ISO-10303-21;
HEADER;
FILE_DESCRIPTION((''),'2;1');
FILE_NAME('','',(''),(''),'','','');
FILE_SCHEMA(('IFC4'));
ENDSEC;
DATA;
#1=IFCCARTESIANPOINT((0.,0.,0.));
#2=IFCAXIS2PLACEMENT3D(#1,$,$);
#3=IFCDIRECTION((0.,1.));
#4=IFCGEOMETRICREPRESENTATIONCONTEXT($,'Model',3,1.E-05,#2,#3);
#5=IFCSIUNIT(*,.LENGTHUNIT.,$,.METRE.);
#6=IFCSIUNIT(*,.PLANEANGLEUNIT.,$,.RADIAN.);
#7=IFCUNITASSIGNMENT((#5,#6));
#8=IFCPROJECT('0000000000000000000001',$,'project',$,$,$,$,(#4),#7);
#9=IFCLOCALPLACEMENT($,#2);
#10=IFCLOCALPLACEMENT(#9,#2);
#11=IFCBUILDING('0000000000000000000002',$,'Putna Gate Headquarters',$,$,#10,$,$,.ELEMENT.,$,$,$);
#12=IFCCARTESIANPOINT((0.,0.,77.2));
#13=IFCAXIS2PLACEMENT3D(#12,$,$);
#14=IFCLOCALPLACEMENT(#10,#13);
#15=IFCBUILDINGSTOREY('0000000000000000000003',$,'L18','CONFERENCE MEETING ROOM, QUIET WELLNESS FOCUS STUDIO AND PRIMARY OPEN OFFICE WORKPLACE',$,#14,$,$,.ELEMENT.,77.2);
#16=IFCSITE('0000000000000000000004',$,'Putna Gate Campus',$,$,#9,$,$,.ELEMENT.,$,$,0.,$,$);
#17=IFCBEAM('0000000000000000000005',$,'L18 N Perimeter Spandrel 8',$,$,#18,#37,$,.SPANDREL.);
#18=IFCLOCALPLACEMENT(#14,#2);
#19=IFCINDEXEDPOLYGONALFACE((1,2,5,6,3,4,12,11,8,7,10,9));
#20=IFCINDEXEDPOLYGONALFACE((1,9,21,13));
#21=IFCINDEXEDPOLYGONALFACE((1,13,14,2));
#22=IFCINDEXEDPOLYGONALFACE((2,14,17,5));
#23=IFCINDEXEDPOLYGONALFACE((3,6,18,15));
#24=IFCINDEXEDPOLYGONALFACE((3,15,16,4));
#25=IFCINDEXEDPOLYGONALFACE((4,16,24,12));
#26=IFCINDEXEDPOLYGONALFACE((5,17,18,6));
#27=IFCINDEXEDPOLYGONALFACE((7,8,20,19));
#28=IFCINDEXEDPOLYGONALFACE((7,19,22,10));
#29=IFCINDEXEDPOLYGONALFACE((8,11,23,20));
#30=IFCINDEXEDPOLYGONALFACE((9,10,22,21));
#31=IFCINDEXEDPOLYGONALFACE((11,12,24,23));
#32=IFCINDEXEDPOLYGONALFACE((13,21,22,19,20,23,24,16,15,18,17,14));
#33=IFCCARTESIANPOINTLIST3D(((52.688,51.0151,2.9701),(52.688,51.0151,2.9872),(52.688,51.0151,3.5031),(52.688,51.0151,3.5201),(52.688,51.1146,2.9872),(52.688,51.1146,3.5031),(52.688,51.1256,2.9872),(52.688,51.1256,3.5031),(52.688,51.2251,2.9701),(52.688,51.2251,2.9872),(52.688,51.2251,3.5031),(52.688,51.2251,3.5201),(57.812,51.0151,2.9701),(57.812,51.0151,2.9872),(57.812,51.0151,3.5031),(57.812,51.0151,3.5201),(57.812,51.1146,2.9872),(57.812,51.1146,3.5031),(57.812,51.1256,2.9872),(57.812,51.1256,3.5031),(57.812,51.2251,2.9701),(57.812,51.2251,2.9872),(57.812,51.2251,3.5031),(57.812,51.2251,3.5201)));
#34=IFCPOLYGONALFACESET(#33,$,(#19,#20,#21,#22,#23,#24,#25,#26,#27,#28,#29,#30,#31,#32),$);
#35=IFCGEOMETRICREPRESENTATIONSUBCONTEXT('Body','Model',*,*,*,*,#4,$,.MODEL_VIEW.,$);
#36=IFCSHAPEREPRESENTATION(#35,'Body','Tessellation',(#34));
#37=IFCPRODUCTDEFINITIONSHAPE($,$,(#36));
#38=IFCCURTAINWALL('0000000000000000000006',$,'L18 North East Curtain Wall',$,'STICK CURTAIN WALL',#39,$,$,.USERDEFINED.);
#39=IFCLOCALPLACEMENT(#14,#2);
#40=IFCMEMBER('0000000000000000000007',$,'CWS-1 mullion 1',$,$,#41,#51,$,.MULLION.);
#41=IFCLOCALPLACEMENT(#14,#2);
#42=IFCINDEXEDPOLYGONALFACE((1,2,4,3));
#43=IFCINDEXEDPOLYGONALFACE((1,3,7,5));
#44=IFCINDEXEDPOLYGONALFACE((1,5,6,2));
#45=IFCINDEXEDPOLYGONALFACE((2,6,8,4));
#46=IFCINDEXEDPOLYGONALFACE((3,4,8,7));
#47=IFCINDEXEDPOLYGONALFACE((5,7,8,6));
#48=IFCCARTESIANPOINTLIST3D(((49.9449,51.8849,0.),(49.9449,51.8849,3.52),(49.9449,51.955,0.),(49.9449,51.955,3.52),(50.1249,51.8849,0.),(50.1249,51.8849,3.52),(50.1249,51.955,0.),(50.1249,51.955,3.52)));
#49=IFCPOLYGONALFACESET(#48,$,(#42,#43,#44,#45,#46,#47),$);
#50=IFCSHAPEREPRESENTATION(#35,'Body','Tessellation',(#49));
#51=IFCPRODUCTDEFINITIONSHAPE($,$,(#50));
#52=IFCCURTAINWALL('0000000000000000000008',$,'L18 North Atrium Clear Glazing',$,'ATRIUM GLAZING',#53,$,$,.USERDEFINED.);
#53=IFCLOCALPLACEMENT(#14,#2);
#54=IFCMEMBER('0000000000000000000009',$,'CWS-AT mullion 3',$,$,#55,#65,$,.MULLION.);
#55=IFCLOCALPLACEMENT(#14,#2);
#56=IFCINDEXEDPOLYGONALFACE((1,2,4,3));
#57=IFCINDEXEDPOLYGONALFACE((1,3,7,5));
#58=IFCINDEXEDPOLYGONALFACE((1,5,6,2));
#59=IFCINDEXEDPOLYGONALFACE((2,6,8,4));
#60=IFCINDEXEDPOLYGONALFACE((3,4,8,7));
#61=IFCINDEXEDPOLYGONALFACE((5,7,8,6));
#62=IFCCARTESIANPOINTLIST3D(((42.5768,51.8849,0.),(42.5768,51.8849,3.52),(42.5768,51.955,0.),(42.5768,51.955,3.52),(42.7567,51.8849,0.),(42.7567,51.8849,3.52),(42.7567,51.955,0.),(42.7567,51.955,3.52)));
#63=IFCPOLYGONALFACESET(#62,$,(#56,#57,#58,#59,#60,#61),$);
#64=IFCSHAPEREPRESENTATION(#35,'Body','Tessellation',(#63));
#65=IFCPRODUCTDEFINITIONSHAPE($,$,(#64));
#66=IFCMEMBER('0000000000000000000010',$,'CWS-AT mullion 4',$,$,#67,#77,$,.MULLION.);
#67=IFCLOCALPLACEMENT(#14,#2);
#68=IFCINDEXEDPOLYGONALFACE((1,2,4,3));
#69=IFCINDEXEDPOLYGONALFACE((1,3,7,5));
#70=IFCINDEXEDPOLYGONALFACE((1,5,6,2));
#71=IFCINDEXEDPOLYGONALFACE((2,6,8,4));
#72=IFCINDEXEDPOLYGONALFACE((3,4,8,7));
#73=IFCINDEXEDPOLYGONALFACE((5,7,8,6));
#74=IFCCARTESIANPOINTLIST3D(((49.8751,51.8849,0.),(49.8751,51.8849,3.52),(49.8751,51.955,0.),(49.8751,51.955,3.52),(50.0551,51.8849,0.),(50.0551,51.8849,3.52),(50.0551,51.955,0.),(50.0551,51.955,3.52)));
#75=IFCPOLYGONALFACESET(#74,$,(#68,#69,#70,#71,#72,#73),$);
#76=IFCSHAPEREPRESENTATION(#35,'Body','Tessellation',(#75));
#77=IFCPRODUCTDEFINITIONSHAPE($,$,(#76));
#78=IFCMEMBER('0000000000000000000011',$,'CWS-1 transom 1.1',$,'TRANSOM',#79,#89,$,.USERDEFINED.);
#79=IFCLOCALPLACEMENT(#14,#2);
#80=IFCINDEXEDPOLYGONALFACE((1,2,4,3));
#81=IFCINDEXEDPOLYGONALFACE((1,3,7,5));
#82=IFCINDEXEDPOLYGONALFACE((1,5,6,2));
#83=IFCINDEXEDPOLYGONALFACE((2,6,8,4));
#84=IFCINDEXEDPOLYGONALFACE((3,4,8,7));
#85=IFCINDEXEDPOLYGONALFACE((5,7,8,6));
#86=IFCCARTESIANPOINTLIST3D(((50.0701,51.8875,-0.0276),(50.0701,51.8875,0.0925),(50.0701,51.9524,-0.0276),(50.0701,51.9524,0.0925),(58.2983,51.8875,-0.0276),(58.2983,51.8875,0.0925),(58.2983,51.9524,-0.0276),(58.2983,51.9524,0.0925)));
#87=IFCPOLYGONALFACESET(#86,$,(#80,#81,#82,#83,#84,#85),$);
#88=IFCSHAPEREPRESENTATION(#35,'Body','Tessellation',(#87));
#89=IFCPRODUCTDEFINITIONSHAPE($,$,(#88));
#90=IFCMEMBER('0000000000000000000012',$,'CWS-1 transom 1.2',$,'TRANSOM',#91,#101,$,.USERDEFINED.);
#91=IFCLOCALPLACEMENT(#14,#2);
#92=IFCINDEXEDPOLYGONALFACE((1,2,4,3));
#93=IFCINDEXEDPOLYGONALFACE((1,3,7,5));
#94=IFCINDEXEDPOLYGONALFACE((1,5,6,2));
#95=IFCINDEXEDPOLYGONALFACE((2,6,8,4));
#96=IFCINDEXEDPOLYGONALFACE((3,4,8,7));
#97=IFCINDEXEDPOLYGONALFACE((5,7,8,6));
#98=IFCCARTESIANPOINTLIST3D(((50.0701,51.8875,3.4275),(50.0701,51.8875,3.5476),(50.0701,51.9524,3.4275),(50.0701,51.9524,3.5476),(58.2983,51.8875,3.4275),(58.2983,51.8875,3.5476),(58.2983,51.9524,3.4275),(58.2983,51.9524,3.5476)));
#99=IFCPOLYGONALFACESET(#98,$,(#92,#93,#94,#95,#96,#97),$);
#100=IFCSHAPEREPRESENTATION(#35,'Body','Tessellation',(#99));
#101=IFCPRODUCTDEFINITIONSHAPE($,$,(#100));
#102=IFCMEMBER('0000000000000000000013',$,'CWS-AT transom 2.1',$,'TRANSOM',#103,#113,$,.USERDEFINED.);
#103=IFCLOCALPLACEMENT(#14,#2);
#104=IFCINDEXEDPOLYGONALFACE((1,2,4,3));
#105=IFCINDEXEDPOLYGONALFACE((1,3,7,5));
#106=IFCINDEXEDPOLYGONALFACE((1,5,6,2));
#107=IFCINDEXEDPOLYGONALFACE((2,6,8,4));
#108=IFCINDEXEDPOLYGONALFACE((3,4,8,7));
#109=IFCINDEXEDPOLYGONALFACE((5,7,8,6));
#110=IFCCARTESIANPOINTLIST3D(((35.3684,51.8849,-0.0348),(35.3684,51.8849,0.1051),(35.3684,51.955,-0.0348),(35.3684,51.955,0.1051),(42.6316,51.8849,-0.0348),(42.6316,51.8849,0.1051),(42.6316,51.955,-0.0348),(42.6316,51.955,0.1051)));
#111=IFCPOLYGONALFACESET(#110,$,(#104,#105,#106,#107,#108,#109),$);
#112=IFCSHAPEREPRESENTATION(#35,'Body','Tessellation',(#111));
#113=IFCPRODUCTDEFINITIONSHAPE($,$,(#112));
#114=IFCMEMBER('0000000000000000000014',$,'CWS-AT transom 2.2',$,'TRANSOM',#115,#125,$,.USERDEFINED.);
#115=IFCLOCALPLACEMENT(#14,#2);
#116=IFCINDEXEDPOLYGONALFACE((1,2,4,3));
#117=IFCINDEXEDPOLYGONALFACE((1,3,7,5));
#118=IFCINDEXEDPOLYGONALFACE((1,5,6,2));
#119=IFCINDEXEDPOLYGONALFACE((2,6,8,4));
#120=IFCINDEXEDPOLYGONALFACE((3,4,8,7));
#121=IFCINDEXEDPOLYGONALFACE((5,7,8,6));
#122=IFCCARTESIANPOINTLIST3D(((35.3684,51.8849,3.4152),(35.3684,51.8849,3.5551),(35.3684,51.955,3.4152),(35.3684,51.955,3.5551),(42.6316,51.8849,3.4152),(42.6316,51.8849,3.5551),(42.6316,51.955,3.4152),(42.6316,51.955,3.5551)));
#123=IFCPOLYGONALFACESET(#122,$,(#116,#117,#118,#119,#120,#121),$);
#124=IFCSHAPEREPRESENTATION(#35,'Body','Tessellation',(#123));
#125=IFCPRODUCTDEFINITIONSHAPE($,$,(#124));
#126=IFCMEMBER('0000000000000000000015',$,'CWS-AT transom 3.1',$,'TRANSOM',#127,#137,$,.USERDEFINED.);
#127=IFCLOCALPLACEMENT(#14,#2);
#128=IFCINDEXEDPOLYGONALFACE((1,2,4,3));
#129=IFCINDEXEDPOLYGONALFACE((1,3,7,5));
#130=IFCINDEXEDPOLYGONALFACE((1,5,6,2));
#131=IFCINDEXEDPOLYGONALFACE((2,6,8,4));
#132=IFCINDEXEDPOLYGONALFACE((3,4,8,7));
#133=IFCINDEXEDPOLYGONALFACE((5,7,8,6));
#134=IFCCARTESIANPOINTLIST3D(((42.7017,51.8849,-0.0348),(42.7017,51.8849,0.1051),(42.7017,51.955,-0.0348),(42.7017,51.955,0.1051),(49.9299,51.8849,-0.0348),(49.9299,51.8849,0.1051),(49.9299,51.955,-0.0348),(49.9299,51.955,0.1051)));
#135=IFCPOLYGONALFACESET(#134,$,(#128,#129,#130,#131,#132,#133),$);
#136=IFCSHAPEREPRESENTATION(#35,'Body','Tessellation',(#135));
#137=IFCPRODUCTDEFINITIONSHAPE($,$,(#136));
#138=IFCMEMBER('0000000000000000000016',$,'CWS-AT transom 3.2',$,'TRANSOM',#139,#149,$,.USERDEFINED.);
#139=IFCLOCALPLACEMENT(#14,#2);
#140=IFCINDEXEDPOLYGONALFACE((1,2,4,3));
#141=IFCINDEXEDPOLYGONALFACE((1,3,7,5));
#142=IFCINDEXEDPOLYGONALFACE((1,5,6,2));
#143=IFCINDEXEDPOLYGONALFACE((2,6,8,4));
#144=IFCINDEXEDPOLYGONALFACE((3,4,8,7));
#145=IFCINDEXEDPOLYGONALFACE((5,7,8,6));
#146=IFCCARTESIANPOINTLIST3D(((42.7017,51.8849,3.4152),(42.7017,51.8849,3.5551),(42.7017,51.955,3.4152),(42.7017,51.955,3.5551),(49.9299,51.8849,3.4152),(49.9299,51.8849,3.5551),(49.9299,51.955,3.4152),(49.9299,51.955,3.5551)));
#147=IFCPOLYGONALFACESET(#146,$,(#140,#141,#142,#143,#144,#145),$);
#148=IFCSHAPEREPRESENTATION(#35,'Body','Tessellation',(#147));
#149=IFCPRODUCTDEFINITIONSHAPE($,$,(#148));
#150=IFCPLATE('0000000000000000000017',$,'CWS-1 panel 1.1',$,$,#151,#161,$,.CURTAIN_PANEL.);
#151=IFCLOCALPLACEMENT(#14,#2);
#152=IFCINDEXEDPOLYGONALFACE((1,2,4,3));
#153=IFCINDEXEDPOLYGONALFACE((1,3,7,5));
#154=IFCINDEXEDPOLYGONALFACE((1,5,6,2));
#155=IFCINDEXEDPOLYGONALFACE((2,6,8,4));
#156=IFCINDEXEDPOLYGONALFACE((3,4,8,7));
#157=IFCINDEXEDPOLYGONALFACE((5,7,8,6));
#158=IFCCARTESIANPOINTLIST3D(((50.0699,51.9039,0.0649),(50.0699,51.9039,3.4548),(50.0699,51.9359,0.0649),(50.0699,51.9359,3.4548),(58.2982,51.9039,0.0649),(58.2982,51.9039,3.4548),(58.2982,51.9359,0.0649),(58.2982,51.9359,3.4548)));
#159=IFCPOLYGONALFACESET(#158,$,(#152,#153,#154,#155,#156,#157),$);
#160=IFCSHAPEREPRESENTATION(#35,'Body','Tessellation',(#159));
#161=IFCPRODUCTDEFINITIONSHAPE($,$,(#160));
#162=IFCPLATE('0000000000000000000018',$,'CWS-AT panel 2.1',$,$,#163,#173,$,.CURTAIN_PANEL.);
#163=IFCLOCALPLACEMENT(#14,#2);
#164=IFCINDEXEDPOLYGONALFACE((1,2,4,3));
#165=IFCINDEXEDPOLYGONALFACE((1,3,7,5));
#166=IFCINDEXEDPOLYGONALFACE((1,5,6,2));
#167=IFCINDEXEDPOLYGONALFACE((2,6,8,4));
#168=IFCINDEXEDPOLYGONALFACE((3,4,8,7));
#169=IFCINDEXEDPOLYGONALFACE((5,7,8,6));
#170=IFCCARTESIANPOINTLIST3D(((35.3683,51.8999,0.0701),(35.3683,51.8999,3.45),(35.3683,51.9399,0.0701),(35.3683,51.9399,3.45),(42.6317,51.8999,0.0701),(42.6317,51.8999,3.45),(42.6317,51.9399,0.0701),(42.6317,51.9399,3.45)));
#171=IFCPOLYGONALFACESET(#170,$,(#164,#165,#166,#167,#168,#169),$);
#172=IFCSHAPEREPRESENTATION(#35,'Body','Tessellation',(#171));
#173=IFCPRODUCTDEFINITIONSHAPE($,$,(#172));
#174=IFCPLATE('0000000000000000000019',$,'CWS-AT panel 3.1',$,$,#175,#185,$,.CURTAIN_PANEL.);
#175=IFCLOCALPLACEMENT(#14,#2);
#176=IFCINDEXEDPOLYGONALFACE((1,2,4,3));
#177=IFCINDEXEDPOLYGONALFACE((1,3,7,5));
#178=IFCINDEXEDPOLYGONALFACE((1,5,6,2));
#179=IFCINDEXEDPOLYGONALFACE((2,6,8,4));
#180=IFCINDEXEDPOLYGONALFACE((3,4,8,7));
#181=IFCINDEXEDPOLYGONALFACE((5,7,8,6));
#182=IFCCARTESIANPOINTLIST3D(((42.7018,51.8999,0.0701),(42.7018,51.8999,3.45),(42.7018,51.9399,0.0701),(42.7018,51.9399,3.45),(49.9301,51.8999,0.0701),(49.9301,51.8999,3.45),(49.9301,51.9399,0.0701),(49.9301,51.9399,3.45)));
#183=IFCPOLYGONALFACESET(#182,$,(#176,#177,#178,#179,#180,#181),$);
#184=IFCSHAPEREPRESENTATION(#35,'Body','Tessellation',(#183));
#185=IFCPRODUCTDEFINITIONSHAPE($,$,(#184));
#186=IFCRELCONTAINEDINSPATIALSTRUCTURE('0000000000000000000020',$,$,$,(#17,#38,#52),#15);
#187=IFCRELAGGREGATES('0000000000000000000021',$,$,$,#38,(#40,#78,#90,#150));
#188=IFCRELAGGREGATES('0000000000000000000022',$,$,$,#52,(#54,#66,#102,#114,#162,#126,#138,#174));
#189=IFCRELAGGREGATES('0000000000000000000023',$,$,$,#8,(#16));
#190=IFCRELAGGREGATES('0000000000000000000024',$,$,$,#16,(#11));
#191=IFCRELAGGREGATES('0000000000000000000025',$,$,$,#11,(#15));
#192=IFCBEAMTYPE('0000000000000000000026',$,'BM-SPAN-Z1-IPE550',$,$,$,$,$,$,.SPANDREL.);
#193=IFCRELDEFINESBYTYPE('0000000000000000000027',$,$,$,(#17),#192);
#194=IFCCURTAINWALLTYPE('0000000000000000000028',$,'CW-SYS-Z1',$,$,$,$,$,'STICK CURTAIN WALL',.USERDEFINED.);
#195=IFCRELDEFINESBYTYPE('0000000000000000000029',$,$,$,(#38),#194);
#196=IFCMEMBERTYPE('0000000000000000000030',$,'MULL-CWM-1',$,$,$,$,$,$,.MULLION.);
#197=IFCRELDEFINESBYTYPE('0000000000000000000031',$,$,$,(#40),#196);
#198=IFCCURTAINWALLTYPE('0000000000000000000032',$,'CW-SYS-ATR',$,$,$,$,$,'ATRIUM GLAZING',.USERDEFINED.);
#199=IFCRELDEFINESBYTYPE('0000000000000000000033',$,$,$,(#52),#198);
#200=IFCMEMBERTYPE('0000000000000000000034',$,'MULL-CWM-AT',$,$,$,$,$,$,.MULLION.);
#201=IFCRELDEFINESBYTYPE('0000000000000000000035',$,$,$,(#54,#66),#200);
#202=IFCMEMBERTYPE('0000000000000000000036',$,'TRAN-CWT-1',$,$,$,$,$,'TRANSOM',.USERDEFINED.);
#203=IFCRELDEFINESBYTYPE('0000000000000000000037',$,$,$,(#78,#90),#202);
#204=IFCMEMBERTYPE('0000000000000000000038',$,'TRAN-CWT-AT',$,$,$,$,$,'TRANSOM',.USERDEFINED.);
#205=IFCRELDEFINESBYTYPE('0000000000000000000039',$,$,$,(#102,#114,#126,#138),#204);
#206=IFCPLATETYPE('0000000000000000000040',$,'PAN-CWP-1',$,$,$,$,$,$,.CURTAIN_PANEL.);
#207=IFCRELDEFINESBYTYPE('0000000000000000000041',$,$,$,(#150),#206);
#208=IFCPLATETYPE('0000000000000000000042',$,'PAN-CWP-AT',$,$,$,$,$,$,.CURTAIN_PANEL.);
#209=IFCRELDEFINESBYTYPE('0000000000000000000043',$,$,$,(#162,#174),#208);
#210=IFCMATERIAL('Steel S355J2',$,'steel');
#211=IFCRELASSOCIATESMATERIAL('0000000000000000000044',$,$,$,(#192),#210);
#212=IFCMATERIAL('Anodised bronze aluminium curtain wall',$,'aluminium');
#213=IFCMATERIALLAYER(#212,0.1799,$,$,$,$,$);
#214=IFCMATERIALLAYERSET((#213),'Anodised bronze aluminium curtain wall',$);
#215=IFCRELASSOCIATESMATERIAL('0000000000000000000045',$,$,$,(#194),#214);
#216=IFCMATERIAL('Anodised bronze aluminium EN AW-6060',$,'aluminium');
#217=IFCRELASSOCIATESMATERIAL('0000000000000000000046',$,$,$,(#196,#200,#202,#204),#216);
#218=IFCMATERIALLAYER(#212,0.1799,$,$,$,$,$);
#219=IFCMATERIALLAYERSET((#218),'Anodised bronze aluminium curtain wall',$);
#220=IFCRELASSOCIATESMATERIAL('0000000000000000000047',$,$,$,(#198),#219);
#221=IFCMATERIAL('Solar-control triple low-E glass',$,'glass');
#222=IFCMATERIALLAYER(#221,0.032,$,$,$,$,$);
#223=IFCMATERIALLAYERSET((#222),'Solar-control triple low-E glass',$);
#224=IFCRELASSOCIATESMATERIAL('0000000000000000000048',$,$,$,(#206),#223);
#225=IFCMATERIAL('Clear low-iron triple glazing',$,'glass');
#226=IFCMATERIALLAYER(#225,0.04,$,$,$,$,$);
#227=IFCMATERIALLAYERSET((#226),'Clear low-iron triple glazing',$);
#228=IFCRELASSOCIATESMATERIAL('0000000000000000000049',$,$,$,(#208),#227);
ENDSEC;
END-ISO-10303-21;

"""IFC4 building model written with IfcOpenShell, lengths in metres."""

from ifc_helpers import new_model, si_unit, direction, frame, origin, origin_2d, place, context, subcontext, project, spatial, rectangle, i_section, extrude, material, layer, layer_set, material_profile, profile_set, type_object, element, aggregate, save


model = new_model("IFC4")

# Units and contexts
model_context = context("Model", 3, precision=1e-05, world=origin(), true_north=direction((0.0, 1.0)))
body_context = subcontext(model_context, "Body", "Model", "MODEL_VIEW")
ifc_project = project(units=[si_unit("LENGTHUNIT", "METRE"), si_unit("PLANEANGLEUNIT", "RADIAN")], contexts=[model_context])

# Site, building, storey
site_placement = place(None, origin())
site = spatial("IfcSite", under=ifc_project, at=site_placement, Name="Putna Gate Campus", CompositionType="ELEMENT", RefElevation=0.0)
building_placement = place(site_placement, origin())
building = spatial("IfcBuilding", under=site, at=building_placement, Name="Putna Gate Headquarters", CompositionType="ELEMENT")
storey_placement = place(building_placement, frame((0.0, 0.0, 77.2)))
storey = spatial("IfcBuildingStorey", under=building, at=storey_placement, Name="L18", Description="CONFERENCE MEETING ROOM, QUIET WELLNESS FOCUS STUDIO AND PRIMARY OPEN OFFICE WORKPLACE", CompositionType="ELEMENT", Elevation=77.2)

# Beam
ifc_material_1 = material(Name="Steel S355J2", Category="steel")
ifc_material_profile_1 = material_profile(ifc_material_1, i_section(OverallWidth=0.21, OverallDepth=0.55, WebThickness=0.011, FlangeThickness=0.0171, at=origin_2d()), Name="Steel S355J2")
ifc_profile_set_1 = profile_set([ifc_material_profile_1], Name="Steel S355J2")
beam_type_1 = type_object("IfcBeamType", Name="BM-SPAN-Z1-IPE550", PredefinedType="SPANDREL", material=ifc_profile_set_1)
for number, where, z_axis, x_axis, name in (
    (1, (52.688, 51.1201, 3.2451), (1.0, 0.0, 0.0), (0.0, 1.0, 0.0), "L18 N Perimeter Spandrel 8"),
):
    element("IfcBeam", number, at=place(storey_placement, frame(where, z_axis=z_axis, x_axis=x_axis)), inside=storey, type_object=beam_type_1, Name=name, PredefinedType="SPANDREL", context=body_context, shape_type="SweptSolid", body=[
        extrude(i_section(OverallWidth=0.21, OverallDepth=0.55, WebThickness=0.011, FlangeThickness=0.0171, at=origin_2d()), origin(), (0.0, 0.0, 1.0), 5.124),
    ])

# Curtain wall, member
ifc_material_2 = material(Name="Anodised bronze aluminium curtain wall", Category="aluminium")
ifc_layer_1 = layer(ifc_material_2, 0.1799)
ifc_layer_set_1 = layer_set([ifc_layer_1], Name="Anodised bronze aluminium curtain wall")
curtain_wall_type_1 = type_object("IfcCurtainWallType", Name="CW-SYS-Z1", ElementType="STICK CURTAIN WALL", PredefinedType="USERDEFINED", material=ifc_layer_set_1)
curtain_wall_1_placement = place(storey_placement, origin())
curtain_wall_1 = element("IfcCurtainWall", 2, at=curtain_wall_1_placement, inside=storey, type_object=curtain_wall_type_1, Name="L18 North East Curtain Wall", ObjectType="STICK CURTAIN WALL", PredefinedType="USERDEFINED")
ifc_material_3 = material(Name="Anodised bronze aluminium EN AW-6060", Category="aluminium")
ifc_material_profile_2 = material_profile(ifc_material_3, rectangle(XDim=0.0701, YDim=0.1799, at=origin_2d()), Name="Anodised bronze aluminium EN AW-6060")
ifc_profile_set_2 = profile_set([ifc_material_profile_2], Name="Anodised bronze aluminium EN AW-6060")
member_type_1 = type_object("IfcMemberType", Name="MULL-CWM-1", PredefinedType="MULLION", material=ifc_profile_set_2)
member_1_placement = place(storey_placement, frame((50.0349, 51.9199, 0.0), z_axis=(0.0, 0.0, 1.0), x_axis=(0.0, 1.0, 0.0)))
member_1 = element("IfcMember", 3, at=member_1_placement, type_object=member_type_1, Name="CWS-1 mullion 1", PredefinedType="MULLION", context=body_context, shape_type="SweptSolid", body=[
    extrude(rectangle(XDim=0.0701, YDim=0.1799, at=origin_2d()), origin(), (0.0, 0.0, 1.0), 3.52),
])

# Curtain wall, members
ifc_layer_2 = layer(ifc_material_2, 0.1799)
ifc_layer_set_2 = layer_set([ifc_layer_2], Name="Anodised bronze aluminium curtain wall")
curtain_wall_type_2 = type_object("IfcCurtainWallType", Name="CW-SYS-ATR", ElementType="ATRIUM GLAZING", PredefinedType="USERDEFINED", material=ifc_layer_set_2)
curtain_wall_2_placement = place(storey_placement, origin())
curtain_wall_2 = element("IfcCurtainWall", 4, at=curtain_wall_2_placement, inside=storey, type_object=curtain_wall_type_2, Name="L18 North Atrium Clear Glazing", ObjectType="ATRIUM GLAZING", PredefinedType="USERDEFINED")
ifc_material_profile_3 = material_profile(ifc_material_3, rectangle(XDim=0.0701, YDim=0.1799, at=origin_2d()), Name="Anodised bronze aluminium EN AW-6060")
ifc_profile_set_3 = profile_set([ifc_material_profile_3], Name="Anodised bronze aluminium EN AW-6060")
member_type_2 = type_object("IfcMemberType", Name="MULL-CWM-AT", PredefinedType="MULLION", material=ifc_profile_set_3)
member_2_placement = place(storey_placement, frame((42.6667, 51.9199, 0.0), z_axis=(0.0, 0.0, 1.0), x_axis=(0.0, 1.0, 0.0)))
member_2 = element("IfcMember", 5, at=member_2_placement, type_object=member_type_2, Name="CWS-AT mullion 3", PredefinedType="MULLION", context=body_context, shape_type="SweptSolid", body=[
    extrude(rectangle(XDim=0.0701, YDim=0.1799, at=origin_2d()), origin(), (0.0, 0.0, 1.0), 3.52),
])
member_3_placement = place(storey_placement, frame((49.9651, 51.9199, 0.0), z_axis=(0.0, 0.0, 1.0), x_axis=(0.0, 1.0, 0.0)))
member_3 = element("IfcMember", 6, at=member_3_placement, type_object=member_type_2, Name="CWS-AT mullion 4", PredefinedType="MULLION", context=body_context, shape_type="SweptSolid", body=[
    extrude(rectangle(XDim=0.0701, YDim=0.1799, at=origin_2d()), origin(), (0.0, 0.0, 1.0), 3.52),
])

# Members
ifc_material_profile_4 = material_profile(ifc_material_3, rectangle(XDim=0.0649, YDim=0.1201, at=origin_2d()), Name="Anodised bronze aluminium EN AW-6060")
ifc_profile_set_4 = profile_set([ifc_material_profile_4], Name="Anodised bronze aluminium EN AW-6060")
member_type_3 = type_object("IfcMemberType", Name="TRAN-CWT-1", ElementType="TRANSOM", PredefinedType="USERDEFINED", material=ifc_profile_set_4)
member_4_placement = place(storey_placement, frame((50.0701, 51.9199, 0.0325), z_axis=(1.0, 0.0, 0.0), x_axis=(0.0, 1.0, 0.0)))
member_4 = element("IfcMember", 7, at=member_4_placement, type_object=member_type_3, Name="CWS-1 transom 1.1", ObjectType="TRANSOM", PredefinedType="USERDEFINED", context=body_context, shape_type="SweptSolid", body=[
    extrude(rectangle(XDim=0.0649, YDim=0.1201, at=origin_2d()), origin(), (0.0, 0.0, 1.0), 8.2283),
])
member_5_placement = place(storey_placement, frame((50.0701, 51.9199, 3.4875), z_axis=(1.0, 0.0, 0.0), x_axis=(0.0, 1.0, 0.0)))
member_5 = element("IfcMember", 8, at=member_5_placement, type_object=member_type_3, Name="CWS-1 transom 1.2", ObjectType="TRANSOM", PredefinedType="USERDEFINED", context=body_context, shape_type="SweptSolid", body=[
    extrude(rectangle(XDim=0.0649, YDim=0.1201, at=origin_2d()), origin(), (0.0, 0.0, 1.0), 8.2283),
])
ifc_material_profile_5 = material_profile(ifc_material_3, rectangle(XDim=0.0701, YDim=0.1399, at=origin_2d()), Name="Anodised bronze aluminium EN AW-6060")
ifc_profile_set_5 = profile_set([ifc_material_profile_5], Name="Anodised bronze aluminium EN AW-6060")
member_type_4 = type_object("IfcMemberType", Name="TRAN-CWT-AT", ElementType="TRANSOM", PredefinedType="USERDEFINED", material=ifc_profile_set_5)
member_6_placement = place(storey_placement, frame((35.3684, 51.9199, 0.0352), z_axis=(1.0, 0.0, 0.0), x_axis=(0.0, 1.0, 0.0)))
member_6 = element("IfcMember", 9, at=member_6_placement, type_object=member_type_4, Name="CWS-AT transom 2.1", ObjectType="TRANSOM", PredefinedType="USERDEFINED", context=body_context, shape_type="SweptSolid", body=[
    extrude(rectangle(XDim=0.0701, YDim=0.1399, at=origin_2d()), origin(), (0.0, 0.0, 1.0), 7.2632),
])
member_7_placement = place(storey_placement, frame((35.3684, 51.9199, 3.4851), z_axis=(1.0, 0.0, 0.0), x_axis=(0.0, 1.0, 0.0)))
member_7 = element("IfcMember", 10, at=member_7_placement, type_object=member_type_4, Name="CWS-AT transom 2.2", ObjectType="TRANSOM", PredefinedType="USERDEFINED", context=body_context, shape_type="SweptSolid", body=[
    extrude(rectangle(XDim=0.0701, YDim=0.1399, at=origin_2d()), origin(), (0.0, 0.0, 1.0), 7.2632),
])
member_8_placement = place(storey_placement, frame((42.7017, 51.9199, 0.0352), z_axis=(1.0, 0.0, 0.0), x_axis=(0.0, 1.0, 0.0)))
member_8 = element("IfcMember", 11, at=member_8_placement, type_object=member_type_4, Name="CWS-AT transom 3.1", ObjectType="TRANSOM", PredefinedType="USERDEFINED", context=body_context, shape_type="SweptSolid", body=[
    extrude(rectangle(XDim=0.0701, YDim=0.1399, at=origin_2d()), origin(), (0.0, 0.0, 1.0), 7.2283),
])
member_9_placement = place(storey_placement, frame((42.7017, 51.9199, 3.4851), z_axis=(1.0, 0.0, 0.0), x_axis=(0.0, 1.0, 0.0)))
member_9 = element("IfcMember", 12, at=member_9_placement, type_object=member_type_4, Name="CWS-AT transom 3.2", ObjectType="TRANSOM", PredefinedType="USERDEFINED", context=body_context, shape_type="SweptSolid", body=[
    extrude(rectangle(XDim=0.0701, YDim=0.1399, at=origin_2d()), origin(), (0.0, 0.0, 1.0), 7.2283),
])

# Plates
ifc_material_4 = material(Name="Solar-control triple low-E glass", Category="glass")
ifc_layer_3 = layer(ifc_material_4, 0.032)
ifc_layer_set_3 = layer_set([ifc_layer_3], Name="Solar-control triple low-E glass")
plate_type_1 = type_object("IfcPlateType", Name="PAN-CWP-1", PredefinedType="CURTAIN_PANEL", material=ifc_layer_set_3)
plate_1_placement = place(storey_placement, frame((54.1841, 51.9199, 0.0649), z_axis=(0.0, 0.0, 1.0), x_axis=(1.0, 0.0, 0.0)))
plate_1 = element("IfcPlate", 13, at=plate_1_placement, type_object=plate_type_1, Name="CWS-1 panel 1.1", PredefinedType="CURTAIN_PANEL", context=body_context, shape_type="SweptSolid", body=[
    extrude(rectangle(XDim=8.2283, YDim=0.032, at=origin_2d()), origin(), (0.0, 0.0, 1.0), 3.3899),
])
aggregate(curtain_wall_1, [member_1, member_4, member_5, plate_1])
ifc_material_5 = material(Name="Clear low-iron triple glazing", Category="glass")
ifc_layer_4 = layer(ifc_material_5, 0.04)
ifc_layer_set_4 = layer_set([ifc_layer_4], Name="Clear low-iron triple glazing")
plate_type_2 = type_object("IfcPlateType", Name="PAN-CWP-AT", PredefinedType="CURTAIN_PANEL", material=ifc_layer_set_4)
plate_2_placement = place(storey_placement, frame((39.0, 51.9199, 0.0701), z_axis=(0.0, 0.0, 1.0), x_axis=(1.0, 0.0, 0.0)))
plate_2 = element("IfcPlate", 14, at=plate_2_placement, type_object=plate_type_2, Name="CWS-AT panel 2.1", PredefinedType="CURTAIN_PANEL", context=body_context, shape_type="SweptSolid", body=[
    extrude(rectangle(XDim=7.2634, YDim=0.04, at=origin_2d()), origin(), (0.0, 0.0, 1.0), 3.3799),
])
plate_3_placement = place(storey_placement, frame((46.3159, 51.9199, 0.0701), z_axis=(0.0, 0.0, 1.0), x_axis=(1.0, 0.0, 0.0)))
plate_3 = element("IfcPlate", 15, at=plate_3_placement, type_object=plate_type_2, Name="CWS-AT panel 3.1", PredefinedType="CURTAIN_PANEL", context=body_context, shape_type="SweptSolid", body=[
    extrude(rectangle(XDim=7.2283, YDim=0.04, at=origin_2d()), origin(), (0.0, 0.0, 1.0), 3.3799),
])
aggregate(curtain_wall_2, [member_2, member_3, member_6, member_7, plate_2, member_8, member_9, plate_3])

save(model, "model.ifc")
